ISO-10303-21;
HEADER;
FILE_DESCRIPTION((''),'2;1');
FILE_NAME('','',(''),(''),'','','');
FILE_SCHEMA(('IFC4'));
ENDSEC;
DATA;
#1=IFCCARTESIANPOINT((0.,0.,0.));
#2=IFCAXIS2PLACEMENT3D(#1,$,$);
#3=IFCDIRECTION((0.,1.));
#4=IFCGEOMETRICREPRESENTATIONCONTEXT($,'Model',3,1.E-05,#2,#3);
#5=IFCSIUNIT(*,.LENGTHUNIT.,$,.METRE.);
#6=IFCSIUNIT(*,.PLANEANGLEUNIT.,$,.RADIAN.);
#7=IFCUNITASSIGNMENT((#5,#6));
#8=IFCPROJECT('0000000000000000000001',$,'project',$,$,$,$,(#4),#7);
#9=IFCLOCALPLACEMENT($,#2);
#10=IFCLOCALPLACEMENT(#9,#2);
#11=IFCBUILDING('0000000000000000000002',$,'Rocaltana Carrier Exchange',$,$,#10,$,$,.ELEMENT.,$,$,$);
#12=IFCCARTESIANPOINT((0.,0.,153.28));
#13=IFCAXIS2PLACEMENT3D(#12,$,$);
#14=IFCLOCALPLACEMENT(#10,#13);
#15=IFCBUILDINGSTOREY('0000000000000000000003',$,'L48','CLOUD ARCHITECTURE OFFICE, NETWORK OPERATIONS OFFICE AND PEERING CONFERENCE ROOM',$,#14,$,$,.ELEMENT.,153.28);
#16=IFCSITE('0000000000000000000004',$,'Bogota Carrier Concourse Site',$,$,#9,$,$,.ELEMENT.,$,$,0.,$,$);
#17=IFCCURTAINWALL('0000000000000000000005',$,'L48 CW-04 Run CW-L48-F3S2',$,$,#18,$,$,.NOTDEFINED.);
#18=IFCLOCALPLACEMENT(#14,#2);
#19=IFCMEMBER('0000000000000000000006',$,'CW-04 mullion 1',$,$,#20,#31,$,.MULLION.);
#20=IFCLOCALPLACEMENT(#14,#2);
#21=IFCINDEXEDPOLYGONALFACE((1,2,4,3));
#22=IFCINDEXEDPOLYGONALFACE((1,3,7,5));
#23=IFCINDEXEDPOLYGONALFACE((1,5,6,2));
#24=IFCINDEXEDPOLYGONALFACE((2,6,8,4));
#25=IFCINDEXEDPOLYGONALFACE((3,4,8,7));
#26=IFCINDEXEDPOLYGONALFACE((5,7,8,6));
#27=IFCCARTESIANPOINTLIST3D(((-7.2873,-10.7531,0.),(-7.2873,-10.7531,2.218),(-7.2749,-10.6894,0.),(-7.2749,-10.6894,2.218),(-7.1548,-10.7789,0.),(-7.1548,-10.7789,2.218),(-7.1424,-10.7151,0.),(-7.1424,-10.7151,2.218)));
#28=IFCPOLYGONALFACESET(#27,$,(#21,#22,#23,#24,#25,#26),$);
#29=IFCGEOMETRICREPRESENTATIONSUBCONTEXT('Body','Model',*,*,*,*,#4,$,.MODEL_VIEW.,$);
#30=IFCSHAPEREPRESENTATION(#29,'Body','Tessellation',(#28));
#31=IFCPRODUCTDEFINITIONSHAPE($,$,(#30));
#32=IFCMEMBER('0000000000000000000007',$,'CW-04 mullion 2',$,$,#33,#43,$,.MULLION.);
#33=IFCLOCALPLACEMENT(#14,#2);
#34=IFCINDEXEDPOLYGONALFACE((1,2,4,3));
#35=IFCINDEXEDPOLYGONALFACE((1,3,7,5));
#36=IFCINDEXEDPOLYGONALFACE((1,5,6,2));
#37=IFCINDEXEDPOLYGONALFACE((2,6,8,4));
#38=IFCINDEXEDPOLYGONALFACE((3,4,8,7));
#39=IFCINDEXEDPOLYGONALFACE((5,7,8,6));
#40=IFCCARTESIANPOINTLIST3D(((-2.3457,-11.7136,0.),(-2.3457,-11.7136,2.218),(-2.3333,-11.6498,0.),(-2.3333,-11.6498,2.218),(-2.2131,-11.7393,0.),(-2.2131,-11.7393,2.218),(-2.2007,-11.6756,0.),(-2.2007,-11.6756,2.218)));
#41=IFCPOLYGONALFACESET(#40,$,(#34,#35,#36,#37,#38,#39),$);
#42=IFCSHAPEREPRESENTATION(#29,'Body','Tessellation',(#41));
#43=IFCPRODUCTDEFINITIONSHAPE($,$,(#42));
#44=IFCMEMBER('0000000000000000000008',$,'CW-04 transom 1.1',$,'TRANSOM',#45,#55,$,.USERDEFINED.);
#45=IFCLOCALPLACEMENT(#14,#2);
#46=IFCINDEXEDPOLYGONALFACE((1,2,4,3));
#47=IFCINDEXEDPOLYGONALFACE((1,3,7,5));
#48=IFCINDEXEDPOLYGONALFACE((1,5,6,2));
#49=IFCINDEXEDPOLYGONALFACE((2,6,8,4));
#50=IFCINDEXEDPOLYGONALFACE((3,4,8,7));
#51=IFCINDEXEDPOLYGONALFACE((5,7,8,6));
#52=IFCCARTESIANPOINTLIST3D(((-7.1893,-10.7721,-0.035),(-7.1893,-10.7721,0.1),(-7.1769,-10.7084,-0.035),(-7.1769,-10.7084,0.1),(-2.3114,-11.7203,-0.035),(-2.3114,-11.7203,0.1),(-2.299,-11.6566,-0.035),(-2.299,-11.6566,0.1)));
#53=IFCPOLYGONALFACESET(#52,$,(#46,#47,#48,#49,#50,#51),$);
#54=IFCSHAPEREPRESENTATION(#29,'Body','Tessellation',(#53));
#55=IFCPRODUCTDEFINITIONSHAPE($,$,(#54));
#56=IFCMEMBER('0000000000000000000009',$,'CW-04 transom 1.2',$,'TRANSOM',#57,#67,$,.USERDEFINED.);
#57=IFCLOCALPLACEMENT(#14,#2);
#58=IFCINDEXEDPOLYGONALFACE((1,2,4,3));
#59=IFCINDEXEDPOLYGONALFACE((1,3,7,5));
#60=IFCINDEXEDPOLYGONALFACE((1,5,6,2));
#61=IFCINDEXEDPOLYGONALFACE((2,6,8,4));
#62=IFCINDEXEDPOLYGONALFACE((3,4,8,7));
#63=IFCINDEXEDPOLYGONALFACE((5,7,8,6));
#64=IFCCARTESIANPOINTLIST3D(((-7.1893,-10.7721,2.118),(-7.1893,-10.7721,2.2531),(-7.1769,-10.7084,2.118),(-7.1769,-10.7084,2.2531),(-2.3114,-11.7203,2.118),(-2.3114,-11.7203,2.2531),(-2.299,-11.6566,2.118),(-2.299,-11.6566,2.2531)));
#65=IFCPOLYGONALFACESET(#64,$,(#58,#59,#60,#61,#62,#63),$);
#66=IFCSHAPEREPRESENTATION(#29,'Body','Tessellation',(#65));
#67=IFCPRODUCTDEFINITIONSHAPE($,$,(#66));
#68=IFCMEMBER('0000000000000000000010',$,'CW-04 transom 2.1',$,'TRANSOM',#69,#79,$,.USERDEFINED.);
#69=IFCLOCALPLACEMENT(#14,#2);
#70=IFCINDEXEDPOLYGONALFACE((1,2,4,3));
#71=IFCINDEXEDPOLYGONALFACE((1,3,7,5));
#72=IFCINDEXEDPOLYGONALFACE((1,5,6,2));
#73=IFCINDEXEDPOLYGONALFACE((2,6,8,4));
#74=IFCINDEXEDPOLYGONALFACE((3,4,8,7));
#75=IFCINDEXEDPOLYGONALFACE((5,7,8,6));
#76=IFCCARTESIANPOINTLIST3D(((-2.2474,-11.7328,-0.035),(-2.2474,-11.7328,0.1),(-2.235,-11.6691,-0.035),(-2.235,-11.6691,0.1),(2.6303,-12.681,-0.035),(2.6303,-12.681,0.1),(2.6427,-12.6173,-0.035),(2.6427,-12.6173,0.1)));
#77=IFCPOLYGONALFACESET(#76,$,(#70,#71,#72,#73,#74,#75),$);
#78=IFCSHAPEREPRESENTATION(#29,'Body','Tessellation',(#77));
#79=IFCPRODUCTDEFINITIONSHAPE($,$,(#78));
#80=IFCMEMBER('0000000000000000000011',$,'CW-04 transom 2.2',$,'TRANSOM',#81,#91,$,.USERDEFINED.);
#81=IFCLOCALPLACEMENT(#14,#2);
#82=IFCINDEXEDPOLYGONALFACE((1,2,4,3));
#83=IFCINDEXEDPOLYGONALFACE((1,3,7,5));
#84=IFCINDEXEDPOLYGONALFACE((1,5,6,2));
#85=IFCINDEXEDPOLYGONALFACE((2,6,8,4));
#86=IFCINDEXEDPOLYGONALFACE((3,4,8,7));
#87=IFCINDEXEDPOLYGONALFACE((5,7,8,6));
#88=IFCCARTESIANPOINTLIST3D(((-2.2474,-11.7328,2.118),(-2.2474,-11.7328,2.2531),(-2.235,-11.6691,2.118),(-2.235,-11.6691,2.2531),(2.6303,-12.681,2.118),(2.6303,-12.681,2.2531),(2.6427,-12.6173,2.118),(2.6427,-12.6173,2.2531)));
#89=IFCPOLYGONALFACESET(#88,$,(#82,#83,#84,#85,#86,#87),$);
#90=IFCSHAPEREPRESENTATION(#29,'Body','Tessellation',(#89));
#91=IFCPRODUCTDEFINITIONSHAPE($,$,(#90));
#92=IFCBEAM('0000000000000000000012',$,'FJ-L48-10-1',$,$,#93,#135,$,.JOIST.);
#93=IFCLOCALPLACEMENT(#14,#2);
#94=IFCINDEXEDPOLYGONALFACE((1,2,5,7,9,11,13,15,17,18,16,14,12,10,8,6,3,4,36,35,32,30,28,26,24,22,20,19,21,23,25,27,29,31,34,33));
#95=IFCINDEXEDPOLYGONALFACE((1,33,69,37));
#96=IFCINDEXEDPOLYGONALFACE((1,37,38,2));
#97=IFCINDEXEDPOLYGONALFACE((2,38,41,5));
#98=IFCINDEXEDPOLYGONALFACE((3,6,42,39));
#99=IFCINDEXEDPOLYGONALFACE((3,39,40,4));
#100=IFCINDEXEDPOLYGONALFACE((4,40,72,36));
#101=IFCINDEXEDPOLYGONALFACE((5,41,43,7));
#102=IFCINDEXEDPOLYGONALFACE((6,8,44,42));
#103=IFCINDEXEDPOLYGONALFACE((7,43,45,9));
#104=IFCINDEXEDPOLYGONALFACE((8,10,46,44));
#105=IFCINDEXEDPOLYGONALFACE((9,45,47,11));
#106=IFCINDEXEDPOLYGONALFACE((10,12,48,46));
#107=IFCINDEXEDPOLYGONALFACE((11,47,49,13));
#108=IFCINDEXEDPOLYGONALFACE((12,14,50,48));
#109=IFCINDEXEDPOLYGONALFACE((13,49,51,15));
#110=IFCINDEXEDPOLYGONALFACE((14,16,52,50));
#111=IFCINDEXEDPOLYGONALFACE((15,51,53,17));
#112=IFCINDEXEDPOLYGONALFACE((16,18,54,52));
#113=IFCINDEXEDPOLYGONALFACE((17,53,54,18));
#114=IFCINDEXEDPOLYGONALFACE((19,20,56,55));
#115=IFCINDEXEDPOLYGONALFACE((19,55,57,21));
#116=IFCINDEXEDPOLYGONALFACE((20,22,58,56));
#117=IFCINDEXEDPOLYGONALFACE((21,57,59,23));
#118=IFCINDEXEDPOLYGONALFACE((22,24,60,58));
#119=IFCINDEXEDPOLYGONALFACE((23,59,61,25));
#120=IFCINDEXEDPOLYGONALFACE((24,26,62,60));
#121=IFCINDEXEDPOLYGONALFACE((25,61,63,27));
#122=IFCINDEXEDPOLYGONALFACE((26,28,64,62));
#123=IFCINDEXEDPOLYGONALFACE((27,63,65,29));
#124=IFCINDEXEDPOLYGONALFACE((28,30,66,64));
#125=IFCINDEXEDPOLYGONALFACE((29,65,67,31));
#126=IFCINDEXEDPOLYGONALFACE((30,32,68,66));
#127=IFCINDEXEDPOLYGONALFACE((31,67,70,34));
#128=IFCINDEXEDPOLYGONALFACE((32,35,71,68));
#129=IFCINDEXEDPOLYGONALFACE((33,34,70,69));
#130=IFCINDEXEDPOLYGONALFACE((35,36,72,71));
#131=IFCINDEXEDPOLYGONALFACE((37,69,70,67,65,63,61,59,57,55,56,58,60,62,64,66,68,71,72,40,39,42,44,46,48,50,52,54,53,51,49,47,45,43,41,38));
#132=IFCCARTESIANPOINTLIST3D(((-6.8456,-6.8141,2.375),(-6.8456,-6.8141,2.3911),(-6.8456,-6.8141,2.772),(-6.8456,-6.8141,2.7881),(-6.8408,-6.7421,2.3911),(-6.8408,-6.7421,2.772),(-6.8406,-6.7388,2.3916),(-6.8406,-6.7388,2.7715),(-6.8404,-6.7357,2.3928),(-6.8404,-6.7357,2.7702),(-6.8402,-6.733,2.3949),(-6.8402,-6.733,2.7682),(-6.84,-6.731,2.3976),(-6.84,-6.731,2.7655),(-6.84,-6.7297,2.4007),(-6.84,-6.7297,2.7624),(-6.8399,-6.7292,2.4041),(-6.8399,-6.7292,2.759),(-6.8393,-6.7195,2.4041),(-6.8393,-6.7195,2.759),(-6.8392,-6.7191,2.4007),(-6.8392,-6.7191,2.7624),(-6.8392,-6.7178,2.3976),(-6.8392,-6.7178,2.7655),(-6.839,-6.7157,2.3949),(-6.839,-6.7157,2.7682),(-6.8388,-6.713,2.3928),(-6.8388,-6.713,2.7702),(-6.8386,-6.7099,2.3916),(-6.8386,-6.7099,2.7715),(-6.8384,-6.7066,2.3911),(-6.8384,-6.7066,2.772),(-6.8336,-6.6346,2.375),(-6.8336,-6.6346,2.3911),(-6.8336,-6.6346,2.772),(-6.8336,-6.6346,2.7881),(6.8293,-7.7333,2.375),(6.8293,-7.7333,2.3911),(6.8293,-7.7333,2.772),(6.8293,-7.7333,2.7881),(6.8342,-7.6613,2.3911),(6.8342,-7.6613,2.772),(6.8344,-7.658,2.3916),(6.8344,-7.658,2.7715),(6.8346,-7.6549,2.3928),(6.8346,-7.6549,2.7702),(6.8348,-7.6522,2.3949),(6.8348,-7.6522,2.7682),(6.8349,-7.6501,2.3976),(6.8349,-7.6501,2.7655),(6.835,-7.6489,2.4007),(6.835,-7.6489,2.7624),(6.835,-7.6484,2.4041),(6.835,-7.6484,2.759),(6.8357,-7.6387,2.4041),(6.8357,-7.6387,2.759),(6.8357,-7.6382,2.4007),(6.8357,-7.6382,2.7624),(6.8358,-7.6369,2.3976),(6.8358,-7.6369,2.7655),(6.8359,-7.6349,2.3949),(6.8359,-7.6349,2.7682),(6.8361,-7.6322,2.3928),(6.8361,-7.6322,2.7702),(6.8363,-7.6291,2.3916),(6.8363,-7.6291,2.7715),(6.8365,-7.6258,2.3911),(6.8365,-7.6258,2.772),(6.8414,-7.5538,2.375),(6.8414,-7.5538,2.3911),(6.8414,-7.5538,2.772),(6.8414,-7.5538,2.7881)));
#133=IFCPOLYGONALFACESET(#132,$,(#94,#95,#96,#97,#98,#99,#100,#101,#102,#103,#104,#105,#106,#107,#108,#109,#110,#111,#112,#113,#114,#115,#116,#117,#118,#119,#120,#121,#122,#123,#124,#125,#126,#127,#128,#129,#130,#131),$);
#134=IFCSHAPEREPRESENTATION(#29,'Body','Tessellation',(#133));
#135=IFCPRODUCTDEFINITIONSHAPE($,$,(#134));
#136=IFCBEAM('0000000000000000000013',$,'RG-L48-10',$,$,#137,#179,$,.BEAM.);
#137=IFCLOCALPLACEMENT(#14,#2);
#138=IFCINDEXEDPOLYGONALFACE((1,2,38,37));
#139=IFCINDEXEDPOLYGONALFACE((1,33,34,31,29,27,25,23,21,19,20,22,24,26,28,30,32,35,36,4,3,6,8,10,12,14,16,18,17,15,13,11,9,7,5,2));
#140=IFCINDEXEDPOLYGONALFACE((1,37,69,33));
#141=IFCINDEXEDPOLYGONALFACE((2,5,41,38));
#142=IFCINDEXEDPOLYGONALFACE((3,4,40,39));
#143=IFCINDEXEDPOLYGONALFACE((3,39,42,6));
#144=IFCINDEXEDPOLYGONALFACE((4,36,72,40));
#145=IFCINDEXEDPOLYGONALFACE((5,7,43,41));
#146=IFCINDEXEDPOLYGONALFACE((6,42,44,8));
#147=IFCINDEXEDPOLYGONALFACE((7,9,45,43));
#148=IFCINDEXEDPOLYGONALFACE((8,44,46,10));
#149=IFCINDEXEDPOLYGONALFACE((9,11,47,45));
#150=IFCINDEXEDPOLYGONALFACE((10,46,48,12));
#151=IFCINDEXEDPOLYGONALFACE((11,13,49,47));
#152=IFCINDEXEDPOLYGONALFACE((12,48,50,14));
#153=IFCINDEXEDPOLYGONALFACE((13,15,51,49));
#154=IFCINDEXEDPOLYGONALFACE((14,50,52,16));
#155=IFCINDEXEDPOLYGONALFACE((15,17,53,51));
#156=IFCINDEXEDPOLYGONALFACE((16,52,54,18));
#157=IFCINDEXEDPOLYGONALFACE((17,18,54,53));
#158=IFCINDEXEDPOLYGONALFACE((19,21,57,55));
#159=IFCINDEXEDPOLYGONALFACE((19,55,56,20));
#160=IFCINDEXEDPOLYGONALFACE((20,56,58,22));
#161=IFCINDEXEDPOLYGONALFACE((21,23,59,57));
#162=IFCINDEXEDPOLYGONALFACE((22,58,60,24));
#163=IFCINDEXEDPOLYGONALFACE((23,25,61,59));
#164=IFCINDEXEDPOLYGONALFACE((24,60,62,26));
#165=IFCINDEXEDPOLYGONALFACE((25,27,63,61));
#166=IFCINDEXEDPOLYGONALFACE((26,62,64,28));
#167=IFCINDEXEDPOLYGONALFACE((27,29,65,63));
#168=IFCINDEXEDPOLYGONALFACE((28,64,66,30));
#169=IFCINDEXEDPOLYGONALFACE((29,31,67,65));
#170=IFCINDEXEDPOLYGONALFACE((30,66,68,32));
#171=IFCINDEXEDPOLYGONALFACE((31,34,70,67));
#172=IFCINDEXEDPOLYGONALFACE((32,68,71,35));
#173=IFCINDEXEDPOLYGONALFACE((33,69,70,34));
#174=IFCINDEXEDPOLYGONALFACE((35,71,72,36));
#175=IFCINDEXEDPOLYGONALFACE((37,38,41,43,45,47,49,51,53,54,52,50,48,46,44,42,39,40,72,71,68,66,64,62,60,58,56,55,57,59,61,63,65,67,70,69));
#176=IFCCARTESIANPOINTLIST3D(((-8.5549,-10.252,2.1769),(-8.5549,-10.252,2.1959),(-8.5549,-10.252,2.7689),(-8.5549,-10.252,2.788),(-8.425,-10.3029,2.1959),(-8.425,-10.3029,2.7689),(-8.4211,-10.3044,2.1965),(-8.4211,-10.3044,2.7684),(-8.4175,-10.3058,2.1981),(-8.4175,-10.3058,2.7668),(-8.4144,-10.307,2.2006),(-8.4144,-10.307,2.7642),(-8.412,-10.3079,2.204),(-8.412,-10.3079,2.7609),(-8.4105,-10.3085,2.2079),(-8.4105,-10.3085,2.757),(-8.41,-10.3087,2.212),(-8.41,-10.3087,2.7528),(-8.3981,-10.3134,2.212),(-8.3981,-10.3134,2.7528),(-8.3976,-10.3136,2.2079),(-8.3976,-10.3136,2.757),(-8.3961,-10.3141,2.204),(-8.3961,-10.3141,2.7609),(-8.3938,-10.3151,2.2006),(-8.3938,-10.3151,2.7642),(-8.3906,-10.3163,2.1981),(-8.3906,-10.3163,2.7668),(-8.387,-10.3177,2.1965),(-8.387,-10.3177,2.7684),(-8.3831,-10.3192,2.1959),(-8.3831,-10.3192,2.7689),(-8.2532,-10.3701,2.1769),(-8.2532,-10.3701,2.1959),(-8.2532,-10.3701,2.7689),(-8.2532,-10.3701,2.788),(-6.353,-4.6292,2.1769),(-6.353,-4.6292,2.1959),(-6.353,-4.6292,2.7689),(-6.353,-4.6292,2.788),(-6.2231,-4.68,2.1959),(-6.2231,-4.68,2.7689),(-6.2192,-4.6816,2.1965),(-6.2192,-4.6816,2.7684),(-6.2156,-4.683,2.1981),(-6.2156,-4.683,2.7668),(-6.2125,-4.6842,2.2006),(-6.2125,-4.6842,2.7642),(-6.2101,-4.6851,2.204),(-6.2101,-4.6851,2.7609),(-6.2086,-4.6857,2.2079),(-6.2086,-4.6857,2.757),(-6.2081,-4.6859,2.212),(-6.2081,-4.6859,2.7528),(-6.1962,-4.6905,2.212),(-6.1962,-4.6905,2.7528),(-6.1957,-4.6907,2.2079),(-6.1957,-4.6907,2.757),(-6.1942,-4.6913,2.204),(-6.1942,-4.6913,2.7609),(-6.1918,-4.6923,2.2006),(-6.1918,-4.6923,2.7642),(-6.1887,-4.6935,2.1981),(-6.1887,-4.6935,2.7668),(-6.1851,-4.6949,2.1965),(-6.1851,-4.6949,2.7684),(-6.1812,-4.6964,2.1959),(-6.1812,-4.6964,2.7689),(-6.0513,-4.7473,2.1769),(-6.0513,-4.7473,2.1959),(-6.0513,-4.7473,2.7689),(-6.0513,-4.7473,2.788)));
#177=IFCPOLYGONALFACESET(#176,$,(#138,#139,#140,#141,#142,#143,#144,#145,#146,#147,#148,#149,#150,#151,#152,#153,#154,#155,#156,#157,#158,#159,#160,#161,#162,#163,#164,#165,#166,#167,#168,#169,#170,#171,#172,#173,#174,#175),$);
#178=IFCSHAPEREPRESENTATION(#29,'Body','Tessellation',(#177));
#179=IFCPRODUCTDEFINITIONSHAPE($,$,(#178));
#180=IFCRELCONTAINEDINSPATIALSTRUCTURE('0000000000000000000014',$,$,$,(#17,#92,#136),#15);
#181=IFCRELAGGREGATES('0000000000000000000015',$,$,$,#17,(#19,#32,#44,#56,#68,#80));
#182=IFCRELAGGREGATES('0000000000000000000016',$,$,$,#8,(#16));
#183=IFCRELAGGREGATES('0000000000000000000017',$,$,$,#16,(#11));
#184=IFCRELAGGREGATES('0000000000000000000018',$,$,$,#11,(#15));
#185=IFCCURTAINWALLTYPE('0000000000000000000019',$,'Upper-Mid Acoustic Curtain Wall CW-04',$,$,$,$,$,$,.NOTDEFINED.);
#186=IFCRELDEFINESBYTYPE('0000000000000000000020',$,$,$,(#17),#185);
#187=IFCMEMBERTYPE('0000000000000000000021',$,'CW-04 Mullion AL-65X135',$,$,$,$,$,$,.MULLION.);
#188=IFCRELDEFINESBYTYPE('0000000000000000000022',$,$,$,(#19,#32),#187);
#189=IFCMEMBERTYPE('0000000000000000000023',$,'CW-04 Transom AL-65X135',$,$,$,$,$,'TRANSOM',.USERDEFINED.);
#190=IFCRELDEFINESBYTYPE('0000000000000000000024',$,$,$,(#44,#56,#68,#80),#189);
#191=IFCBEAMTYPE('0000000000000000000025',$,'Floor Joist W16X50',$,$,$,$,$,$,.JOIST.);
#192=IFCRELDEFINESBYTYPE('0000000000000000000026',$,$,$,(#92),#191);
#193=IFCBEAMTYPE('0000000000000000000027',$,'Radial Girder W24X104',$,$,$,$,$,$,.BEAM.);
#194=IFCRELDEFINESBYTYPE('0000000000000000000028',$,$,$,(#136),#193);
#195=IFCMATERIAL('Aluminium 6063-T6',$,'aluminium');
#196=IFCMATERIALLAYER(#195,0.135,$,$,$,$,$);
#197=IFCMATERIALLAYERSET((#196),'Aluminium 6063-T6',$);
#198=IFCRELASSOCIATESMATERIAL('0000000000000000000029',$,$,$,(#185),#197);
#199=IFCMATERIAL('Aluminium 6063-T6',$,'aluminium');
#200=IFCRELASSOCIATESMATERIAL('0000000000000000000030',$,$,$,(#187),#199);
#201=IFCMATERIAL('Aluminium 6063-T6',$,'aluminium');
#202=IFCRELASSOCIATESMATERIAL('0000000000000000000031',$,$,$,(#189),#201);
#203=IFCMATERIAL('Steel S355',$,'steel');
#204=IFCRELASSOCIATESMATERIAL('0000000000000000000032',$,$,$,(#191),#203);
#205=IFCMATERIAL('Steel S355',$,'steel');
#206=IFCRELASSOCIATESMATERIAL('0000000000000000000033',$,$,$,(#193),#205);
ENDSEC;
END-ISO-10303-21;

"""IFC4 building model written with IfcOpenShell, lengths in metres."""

from ifc_helpers import new_model, si_unit, direction, frame, origin, origin_2d, place, context, subcontext, project, spatial, rectangle, i_section, extrude, material, layer, layer_set, material_profile, profile_set, type_object, element, aggregate, save


model = new_model("IFC4")

# Units and contexts
model_context = context("Model", 3, precision=1e-05, world=origin(), true_north=direction((0.0, 1.0)))
body_context = subcontext(model_context, "Body", "Model", "MODEL_VIEW")
ifc_project = project(units=[si_unit("LENGTHUNIT", "METRE"), si_unit("PLANEANGLEUNIT", "RADIAN")], contexts=[model_context])

# Site, building, storey
site_placement = place(None, origin())
site = spatial("IfcSite", under=ifc_project, at=site_placement, Name="Bogota Carrier Concourse Site", CompositionType="ELEMENT", RefElevation=0.0)
building_placement = place(site_placement, origin())
building = spatial("IfcBuilding", under=site, at=building_placement, Name="Rocaltana Carrier Exchange", CompositionType="ELEMENT")
storey_placement = place(building_placement, frame((0.0, 0.0, 153.28)))
storey = spatial("IfcBuildingStorey", under=building, at=storey_placement, Name="L48", Description="CLOUD ARCHITECTURE OFFICE, NETWORK OPERATIONS OFFICE AND PEERING CONFERENCE ROOM", CompositionType="ELEMENT", Elevation=153.28)

# Curtain wall, members
ifc_material_1 = material(Name="Aluminium 6063-T6", Category="aluminium")
ifc_layer_1 = layer(ifc_material_1, 0.135)
ifc_layer_set_1 = layer_set([ifc_layer_1], Name="Aluminium 6063-T6")
curtain_wall_type = type_object("IfcCurtainWallType", Name="Upper-Mid Acoustic Curtain Wall CW-04", PredefinedType="NOTDEFINED", material=ifc_layer_set_1)
curtain_wall_placement = place(storey_placement, origin())
curtain_wall = element("IfcCurtainWall", 1, at=curtain_wall_placement, inside=storey, type_object=curtain_wall_type, Name="L48 CW-04 Run CW-L48-F3S2", PredefinedType="NOTDEFINED")
ifc_material_2 = material(Name="Aluminium 6063-T6", Category="aluminium")
ifc_material_profile_1 = material_profile(ifc_material_2, rectangle(XDim=0.0649, YDim=0.135, at=origin_2d()), Name="AL-65X135")
ifc_profile_set_1 = profile_set([ifc_material_profile_1], Name="Aluminium 6063-T6")
member_type_1 = type_object("IfcMemberType", Name="CW-04 Mullion AL-65X135", PredefinedType="MULLION", material=ifc_profile_set_1)
member_1_placement = place(storey_placement, frame((-7.2148, -10.7341, 0.0), z_axis=(0.0, 0.0, 1.0), x_axis=(0.190815, 0.981626, 0.0)))
member_1 = element("IfcMember", 2, at=member_1_placement, type_object=member_type_1, Name="CW-04 mullion 1", PredefinedType="MULLION", context=body_context, shape_type="SweptSolid", body=[
    extrude(rectangle(XDim=0.0649, YDim=0.135, at=origin_2d()), origin(), (0.0, 0.0, 1.0), 2.218),
])
member_2_placement = place(storey_placement, frame((-2.2732, -11.6946, 0.0), z_axis=(0.0, 0.0, 1.0), x_axis=(0.190815, 0.981626, 0.0)))
member_2 = element("IfcMember", 3, at=member_2_placement, type_object=member_type_1, Name="CW-04 mullion 2", PredefinedType="MULLION", context=body_context, shape_type="SweptSolid", body=[
    extrude(rectangle(XDim=0.0649, YDim=0.135, at=origin_2d()), origin(), (0.0, 0.0, 1.0), 2.218),
])
ifc_material_3 = material(Name="Aluminium 6063-T6", Category="aluminium")
ifc_material_profile_2 = material_profile(ifc_material_3, rectangle(XDim=0.0649, YDim=0.135, at=origin_2d()), Name="AL-65X135")
ifc_profile_set_2 = profile_set([ifc_material_profile_2], Name="Aluminium 6063-T6")
member_type_2 = type_object("IfcMemberType", Name="CW-04 Transom AL-65X135", ElementType="TRANSOM", PredefinedType="USERDEFINED", material=ifc_profile_set_2)
member_3_placement = place(storey_placement, frame((-7.1831, -10.7402, 0.0325), z_axis=(0.981625, -0.190822, 0.0), x_axis=(0.190822, 0.981625, 0.0)))
member_3 = element("IfcMember", 4, at=member_3_placement, type_object=member_type_2, Name="CW-04 transom 1.1", ObjectType="TRANSOM", PredefinedType="USERDEFINED", context=body_context, shape_type="SweptSolid", body=[
    extrude(rectangle(XDim=0.0649, YDim=0.135, at=origin_2d()), origin(), (0.0, 0.0, 1.0), 4.9692),
])
member_4_placement = place(storey_placement, frame((-7.1831, -10.7402, 2.1855), z_axis=(0.981625, -0.190822, 0.0), x_axis=(0.190822, 0.981625, 0.0)))
member_4 = element("IfcMember", 5, at=member_4_placement, type_object=member_type_2, Name="CW-04 transom 1.2", ObjectType="TRANSOM", PredefinedType="USERDEFINED", context=body_context, shape_type="SweptSolid", body=[
    extrude(rectangle(XDim=0.0649, YDim=0.135, at=origin_2d()), origin(), (0.0, 0.0, 1.0), 4.9692),
])
member_5_placement = place(storey_placement, frame((-2.2412, -11.7009, 0.0325), z_axis=(0.981623, -0.190832, 0.0), x_axis=(0.190832, 0.981623, 0.0)))
member_5 = element("IfcMember", 6, at=member_5_placement, type_object=member_type_2, Name="CW-04 transom 2.1", ObjectType="TRANSOM", PredefinedType="USERDEFINED", context=body_context, shape_type="SweptSolid", body=[
    extrude(rectangle(XDim=0.0649, YDim=0.135, at=origin_2d()), origin(), (0.0, 0.0, 1.0), 4.969),
])
member_6_placement = place(storey_placement, frame((-2.2412, -11.7009, 2.1855), z_axis=(0.981623, -0.190832, 0.0), x_axis=(0.190832, 0.981623, 0.0)))
member_6 = element("IfcMember", 7, at=member_6_placement, type_object=member_type_2, Name="CW-04 transom 2.2", ObjectType="TRANSOM", PredefinedType="USERDEFINED", context=body_context, shape_type="SweptSolid", body=[
    extrude(rectangle(XDim=0.0649, YDim=0.135, at=origin_2d()), origin(), (0.0, 0.0, 1.0), 4.969),
])

# Beams
ifc_material_4 = material(Name="Steel S355", Category="steel")
ifc_material_profile_3 = material_profile(ifc_material_4, i_section(OverallWidth=0.1799, OverallDepth=0.4131, WebThickness=0.0098, FlangeThickness=0.0161, FilletRadius=0.0129, at=origin_2d()), Name="W16X50")
ifc_profile_set_3 = profile_set([ifc_material_profile_3], Name="Steel S355")
beam_type_1 = type_object("IfcBeamType", Name="Floor Joist W16X50", PredefinedType="JOIST", material=ifc_profile_set_3)
beam_1_placement = place(storey_placement, frame((-6.8396, -6.7244, 2.5815), z_axis=(0.997749, -0.067065, 0.0), x_axis=(0.067065, 0.997749, 0.0)))
element("IfcBeam", 8, at=beam_1_placement, inside=storey, type_object=beam_type_1, Name="FJ-L48-10-1", PredefinedType="JOIST", context=body_context, shape_type="SweptSolid", body=[
    extrude(i_section(OverallWidth=0.1799, OverallDepth=0.4131, WebThickness=0.0098, FlangeThickness=0.0161, FilletRadius=0.0129, at=origin_2d()), origin(), (0.0, 0.0, 1.0), 13.7058),
])
ifc_material_5 = material(Name="Steel S355", Category="steel")
ifc_material_profile_4 = material_profile(ifc_material_5, i_section(OverallWidth=0.324, OverallDepth=0.6111, WebThickness=0.0127, FlangeThickness=0.019, FilletRadius=0.0161, at=origin_2d()), Name="W24X104")
ifc_profile_set_4 = profile_set([ifc_material_profile_4], Name="Steel S355")
beam_type_2 = type_object("IfcBeamType", Name="Radial Girder W24X104", PredefinedType="BEAM", material=ifc_profile_set_4)
beam_2_placement = place(storey_placement, frame((-6.2021, -4.6882, 2.4824), z_axis=(-0.36464, -0.931148, 0.0), x_axis=(0.931148, -0.36464, 0.0)))
element("IfcBeam", 9, at=beam_2_placement, inside=storey, type_object=beam_type_2, Name="RG-L48-10", PredefinedType="BEAM", context=body_context, shape_type="SweptSolid", body=[
    extrude(i_section(OverallWidth=0.324, OverallDepth=0.6111, WebThickness=0.0127, FlangeThickness=0.019, FilletRadius=0.0161, at=origin_2d()), origin(), (0.0, 0.0, 1.0), 6.0386),
])

aggregate(curtain_wall, [member_1, member_2, member_3, member_4, member_5, member_6])

save(model, "model.ifc")
